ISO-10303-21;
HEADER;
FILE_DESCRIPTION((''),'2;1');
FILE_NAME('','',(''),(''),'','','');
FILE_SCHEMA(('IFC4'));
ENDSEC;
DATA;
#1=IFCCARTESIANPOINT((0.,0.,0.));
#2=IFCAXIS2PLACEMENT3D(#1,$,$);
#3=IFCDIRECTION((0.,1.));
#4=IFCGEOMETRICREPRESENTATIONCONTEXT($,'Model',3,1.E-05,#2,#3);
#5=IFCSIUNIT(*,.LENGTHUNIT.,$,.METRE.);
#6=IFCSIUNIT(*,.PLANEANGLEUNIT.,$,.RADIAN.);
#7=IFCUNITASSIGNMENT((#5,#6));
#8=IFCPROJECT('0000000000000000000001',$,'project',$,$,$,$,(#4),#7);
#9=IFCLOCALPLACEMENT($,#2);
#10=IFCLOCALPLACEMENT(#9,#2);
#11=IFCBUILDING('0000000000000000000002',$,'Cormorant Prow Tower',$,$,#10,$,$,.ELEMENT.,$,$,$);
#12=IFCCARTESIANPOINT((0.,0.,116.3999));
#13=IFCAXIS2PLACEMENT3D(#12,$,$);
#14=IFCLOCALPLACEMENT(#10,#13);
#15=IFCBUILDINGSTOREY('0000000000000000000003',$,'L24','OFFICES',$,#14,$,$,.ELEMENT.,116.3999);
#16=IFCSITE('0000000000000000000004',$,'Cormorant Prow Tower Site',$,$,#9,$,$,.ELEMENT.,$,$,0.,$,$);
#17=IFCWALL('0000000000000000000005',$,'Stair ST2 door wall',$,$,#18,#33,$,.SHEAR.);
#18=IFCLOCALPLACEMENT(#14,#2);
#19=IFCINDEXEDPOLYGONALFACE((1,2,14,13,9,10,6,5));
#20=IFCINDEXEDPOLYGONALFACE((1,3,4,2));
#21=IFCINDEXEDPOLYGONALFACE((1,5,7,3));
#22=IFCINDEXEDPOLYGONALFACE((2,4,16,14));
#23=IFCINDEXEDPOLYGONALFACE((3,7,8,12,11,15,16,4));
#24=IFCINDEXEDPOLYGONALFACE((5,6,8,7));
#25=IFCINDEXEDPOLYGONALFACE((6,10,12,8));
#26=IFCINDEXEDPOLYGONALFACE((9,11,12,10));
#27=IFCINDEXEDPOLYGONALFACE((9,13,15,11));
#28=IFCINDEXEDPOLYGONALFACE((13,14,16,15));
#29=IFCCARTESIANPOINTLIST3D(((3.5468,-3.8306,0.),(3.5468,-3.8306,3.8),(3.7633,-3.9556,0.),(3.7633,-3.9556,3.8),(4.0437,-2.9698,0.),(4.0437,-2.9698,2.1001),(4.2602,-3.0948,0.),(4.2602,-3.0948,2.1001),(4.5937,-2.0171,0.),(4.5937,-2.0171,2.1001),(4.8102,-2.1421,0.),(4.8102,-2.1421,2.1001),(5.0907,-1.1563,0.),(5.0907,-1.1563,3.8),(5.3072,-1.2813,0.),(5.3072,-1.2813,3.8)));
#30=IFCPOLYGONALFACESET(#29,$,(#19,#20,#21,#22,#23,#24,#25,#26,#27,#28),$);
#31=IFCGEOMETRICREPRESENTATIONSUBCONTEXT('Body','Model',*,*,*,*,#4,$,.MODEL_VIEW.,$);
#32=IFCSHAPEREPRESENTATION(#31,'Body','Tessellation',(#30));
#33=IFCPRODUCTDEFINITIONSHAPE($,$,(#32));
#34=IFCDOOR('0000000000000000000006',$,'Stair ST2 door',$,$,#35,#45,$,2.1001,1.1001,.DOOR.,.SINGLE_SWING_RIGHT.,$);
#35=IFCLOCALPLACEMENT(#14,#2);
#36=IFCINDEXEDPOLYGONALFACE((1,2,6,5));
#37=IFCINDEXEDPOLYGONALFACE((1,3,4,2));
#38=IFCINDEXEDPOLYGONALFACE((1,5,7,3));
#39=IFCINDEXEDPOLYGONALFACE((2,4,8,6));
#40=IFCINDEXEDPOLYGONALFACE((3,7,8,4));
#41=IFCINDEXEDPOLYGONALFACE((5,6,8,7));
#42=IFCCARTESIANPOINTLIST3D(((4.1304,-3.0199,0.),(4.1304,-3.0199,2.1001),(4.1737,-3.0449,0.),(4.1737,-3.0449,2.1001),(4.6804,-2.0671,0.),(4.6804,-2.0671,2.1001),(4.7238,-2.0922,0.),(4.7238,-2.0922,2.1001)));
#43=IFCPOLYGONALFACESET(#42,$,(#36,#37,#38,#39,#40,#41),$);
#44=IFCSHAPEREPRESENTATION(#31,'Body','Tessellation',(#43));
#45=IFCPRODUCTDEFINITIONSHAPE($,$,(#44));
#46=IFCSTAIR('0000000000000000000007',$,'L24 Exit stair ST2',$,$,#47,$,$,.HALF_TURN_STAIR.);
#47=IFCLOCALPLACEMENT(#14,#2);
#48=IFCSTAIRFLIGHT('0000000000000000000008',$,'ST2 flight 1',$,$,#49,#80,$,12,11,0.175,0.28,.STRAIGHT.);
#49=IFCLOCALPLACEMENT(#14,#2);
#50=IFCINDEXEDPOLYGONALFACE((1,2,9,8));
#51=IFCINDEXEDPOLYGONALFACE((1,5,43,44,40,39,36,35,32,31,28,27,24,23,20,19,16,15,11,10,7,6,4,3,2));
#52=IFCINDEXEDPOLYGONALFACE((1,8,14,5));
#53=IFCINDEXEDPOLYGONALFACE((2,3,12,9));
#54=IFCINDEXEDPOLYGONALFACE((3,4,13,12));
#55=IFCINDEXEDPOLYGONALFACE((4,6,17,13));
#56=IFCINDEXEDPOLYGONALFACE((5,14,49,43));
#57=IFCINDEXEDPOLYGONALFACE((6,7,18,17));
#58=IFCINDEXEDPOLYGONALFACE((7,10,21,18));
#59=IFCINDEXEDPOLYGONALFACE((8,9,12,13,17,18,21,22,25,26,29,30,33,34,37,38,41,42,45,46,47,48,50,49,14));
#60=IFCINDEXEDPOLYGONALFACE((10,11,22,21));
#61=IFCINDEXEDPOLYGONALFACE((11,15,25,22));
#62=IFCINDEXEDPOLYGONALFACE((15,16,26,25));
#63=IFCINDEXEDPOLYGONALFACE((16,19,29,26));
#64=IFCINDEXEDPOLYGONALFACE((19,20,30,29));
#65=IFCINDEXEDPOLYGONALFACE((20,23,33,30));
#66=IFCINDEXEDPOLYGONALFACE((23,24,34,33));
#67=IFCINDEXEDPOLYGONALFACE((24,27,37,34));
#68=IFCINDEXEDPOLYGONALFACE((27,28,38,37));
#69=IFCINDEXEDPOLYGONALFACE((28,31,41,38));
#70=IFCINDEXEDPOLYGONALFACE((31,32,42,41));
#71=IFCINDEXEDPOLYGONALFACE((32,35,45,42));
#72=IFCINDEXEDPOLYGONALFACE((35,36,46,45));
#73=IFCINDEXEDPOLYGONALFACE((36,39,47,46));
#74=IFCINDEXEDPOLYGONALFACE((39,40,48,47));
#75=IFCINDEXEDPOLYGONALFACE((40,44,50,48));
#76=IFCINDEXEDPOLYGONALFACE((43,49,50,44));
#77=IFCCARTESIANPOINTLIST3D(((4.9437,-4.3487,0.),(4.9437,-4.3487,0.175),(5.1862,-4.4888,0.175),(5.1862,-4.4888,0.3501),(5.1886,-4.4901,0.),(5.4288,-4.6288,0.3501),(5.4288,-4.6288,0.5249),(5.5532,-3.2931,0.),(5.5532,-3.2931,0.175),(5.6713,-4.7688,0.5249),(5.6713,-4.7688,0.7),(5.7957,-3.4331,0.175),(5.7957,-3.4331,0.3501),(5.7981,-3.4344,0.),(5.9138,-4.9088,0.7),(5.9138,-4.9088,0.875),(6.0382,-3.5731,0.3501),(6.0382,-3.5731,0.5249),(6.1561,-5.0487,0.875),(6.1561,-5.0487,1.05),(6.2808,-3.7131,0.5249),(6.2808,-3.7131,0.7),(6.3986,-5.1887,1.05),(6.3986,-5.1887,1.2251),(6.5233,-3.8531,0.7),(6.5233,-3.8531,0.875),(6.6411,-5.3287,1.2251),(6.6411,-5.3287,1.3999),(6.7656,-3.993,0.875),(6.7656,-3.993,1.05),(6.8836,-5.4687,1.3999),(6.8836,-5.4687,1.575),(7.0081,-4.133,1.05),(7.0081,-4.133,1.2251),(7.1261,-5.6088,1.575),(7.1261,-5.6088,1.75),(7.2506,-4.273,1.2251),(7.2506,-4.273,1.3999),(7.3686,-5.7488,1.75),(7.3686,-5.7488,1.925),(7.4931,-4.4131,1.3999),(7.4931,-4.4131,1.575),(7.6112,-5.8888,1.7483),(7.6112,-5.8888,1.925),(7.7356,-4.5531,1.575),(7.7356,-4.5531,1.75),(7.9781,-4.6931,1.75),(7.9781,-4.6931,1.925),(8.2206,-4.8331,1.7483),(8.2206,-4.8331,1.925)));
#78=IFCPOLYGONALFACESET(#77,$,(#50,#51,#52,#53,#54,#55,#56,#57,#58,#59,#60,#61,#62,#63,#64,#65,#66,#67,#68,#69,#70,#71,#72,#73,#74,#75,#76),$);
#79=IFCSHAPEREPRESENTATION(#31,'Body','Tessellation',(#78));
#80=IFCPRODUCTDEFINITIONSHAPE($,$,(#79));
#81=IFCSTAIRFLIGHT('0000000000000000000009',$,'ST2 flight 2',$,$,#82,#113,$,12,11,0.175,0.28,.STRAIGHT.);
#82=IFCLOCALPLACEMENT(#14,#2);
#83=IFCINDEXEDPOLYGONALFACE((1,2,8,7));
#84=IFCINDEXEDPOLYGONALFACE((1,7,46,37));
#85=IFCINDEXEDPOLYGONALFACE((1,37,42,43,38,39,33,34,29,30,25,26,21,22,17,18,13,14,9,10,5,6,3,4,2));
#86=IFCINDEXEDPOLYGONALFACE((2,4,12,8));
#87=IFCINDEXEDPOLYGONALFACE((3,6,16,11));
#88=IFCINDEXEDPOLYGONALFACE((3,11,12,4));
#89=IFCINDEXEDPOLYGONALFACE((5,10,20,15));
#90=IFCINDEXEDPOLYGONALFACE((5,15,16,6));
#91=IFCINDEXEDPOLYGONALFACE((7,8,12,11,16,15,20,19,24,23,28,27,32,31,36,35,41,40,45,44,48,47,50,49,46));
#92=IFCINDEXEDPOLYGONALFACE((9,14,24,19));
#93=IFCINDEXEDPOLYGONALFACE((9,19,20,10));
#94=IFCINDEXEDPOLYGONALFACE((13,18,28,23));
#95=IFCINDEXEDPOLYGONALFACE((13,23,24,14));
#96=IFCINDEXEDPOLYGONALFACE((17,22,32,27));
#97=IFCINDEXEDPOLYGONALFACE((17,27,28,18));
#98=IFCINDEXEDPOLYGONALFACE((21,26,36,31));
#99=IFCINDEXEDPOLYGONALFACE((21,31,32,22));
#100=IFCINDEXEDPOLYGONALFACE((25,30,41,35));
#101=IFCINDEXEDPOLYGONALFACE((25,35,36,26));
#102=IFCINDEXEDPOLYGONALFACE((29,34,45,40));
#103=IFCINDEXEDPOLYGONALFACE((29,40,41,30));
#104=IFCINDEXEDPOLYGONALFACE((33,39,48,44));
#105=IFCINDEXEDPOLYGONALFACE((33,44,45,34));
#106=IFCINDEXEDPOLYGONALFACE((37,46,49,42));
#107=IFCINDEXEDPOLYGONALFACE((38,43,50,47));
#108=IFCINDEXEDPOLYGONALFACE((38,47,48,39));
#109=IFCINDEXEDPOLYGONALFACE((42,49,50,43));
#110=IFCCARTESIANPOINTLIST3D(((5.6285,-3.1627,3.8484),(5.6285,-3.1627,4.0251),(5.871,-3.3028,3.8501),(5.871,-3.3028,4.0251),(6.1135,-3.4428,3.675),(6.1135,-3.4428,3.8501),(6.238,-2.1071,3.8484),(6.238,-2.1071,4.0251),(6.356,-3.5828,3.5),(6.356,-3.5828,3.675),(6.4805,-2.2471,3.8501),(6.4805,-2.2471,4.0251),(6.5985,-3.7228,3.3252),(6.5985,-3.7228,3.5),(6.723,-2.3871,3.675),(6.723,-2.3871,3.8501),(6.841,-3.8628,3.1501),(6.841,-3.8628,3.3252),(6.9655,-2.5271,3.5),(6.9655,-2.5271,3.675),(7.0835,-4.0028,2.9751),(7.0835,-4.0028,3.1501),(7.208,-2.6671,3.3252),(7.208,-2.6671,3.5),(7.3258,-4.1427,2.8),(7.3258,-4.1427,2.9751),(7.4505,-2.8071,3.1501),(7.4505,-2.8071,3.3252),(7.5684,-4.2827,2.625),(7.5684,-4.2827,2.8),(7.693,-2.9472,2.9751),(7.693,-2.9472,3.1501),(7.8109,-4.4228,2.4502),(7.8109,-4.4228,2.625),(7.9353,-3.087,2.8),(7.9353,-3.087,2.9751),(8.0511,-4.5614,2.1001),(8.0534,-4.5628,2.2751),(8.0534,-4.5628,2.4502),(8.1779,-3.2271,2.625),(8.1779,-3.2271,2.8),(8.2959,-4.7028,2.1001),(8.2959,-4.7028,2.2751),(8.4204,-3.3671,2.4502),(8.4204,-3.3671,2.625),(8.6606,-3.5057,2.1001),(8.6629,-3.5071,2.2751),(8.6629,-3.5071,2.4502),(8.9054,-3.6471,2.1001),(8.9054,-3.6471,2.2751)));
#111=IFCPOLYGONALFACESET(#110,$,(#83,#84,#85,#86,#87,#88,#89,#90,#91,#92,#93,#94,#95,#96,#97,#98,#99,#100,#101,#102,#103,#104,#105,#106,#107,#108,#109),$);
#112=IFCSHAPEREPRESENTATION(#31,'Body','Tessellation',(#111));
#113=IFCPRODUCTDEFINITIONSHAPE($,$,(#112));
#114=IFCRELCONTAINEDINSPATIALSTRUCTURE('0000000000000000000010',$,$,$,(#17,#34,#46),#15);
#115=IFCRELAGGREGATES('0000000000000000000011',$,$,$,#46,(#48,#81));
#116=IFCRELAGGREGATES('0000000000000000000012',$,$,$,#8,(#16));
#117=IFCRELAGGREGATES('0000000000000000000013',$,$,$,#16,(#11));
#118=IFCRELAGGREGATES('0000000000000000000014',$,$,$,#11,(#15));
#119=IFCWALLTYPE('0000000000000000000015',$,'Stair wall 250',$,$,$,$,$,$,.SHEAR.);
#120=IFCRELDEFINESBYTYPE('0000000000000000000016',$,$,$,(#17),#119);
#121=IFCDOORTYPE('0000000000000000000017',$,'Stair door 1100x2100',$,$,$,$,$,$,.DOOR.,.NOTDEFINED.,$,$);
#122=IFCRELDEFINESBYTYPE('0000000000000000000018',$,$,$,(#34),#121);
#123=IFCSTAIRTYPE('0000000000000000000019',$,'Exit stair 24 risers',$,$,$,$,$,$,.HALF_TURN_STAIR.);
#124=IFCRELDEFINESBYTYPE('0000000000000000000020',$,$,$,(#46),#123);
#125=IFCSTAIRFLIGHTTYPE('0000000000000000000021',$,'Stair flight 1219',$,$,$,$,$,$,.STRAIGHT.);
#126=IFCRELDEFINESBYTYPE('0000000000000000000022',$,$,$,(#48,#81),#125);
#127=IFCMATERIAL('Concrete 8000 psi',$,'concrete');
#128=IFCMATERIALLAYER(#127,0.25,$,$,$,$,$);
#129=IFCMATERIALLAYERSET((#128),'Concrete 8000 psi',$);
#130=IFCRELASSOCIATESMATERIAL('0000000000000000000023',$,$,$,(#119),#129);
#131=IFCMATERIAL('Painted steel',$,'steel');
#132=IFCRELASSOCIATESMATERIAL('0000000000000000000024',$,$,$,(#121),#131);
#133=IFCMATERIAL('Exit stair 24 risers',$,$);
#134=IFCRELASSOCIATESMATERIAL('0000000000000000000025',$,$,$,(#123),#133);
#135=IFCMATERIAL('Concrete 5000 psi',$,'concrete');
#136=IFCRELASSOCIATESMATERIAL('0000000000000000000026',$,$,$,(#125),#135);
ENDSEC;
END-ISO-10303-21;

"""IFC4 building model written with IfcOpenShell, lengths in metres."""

from ifc_helpers import new_model, si_unit, direction, frame, frame_2d, origin, place, context, subcontext, project, spatial, polyline, rectangle, outline, extrude, material, layer, layer_set, type_object, element, fill, aggregate, save


model = new_model("IFC4")

# Units and contexts
model_context = context("Model", 3, precision=1e-05, world=origin(), true_north=direction((0.0, 1.0)))
body_context = subcontext(model_context, "Body", "Model", "MODEL_VIEW")
ifc_project = project(units=[si_unit("LENGTHUNIT", "METRE"), si_unit("PLANEANGLEUNIT", "RADIAN")], contexts=[model_context])

# Site, building, storey
site_placement = place(None, origin())
site = spatial("IfcSite", under=ifc_project, at=site_placement, Name="Cormorant Prow Tower Site", CompositionType="ELEMENT", RefElevation=0.0)
building_placement = place(site_placement, origin())
building = spatial("IfcBuilding", under=site, at=building_placement, Name="Cormorant Prow Tower", CompositionType="ELEMENT")
storey_placement = place(building_placement, frame((0.0, 0.0, 116.3999)))
storey = spatial("IfcBuildingStorey", under=building, at=storey_placement, Name="L24", Description="OFFICES", CompositionType="ELEMENT", Elevation=116.3999)

# Wall, opening, door
ifc_material_1 = material(Name="Concrete 8000 psi", Category="concrete")
ifc_layer_1 = layer(ifc_material_1, 0.25)
ifc_layer_set_1 = layer_set([ifc_layer_1], Name="Concrete 8000 psi")
wall_type_1 = type_object("IfcWallType", Name="Stair wall 250", PredefinedType="SHEAR", material=ifc_layer_set_1)
wall_1_placement = place(storey_placement, frame((3.655, -3.8931, 0.0), z_axis=(0.0, 0.0, 1.0), x_axis=(0.499983, 0.866035, 0.0)))
wall_1 = element("IfcWall", 1, at=wall_1_placement, inside=storey, type_object=wall_type_1, Name="Stair ST2 door wall", PredefinedType="SHEAR", context=body_context, shape_type="SweptSolid", body=[
    extrude(rectangle(XDim=3.0879, YDim=0.25, at=frame_2d((1.5439, 0.0))), origin(), (0.0, 0.0, 1.0), 3.8),
])
opening_1_placement = place(wall_1_placement, frame((0.9939, 0.0, 0.0)))
opening_1 = element("IfcOpeningElement", 2, at=opening_1_placement, cuts=wall_1, PredefinedType="OPENING", context=body_context, shape_type="SweptSolid", body=[
    extrude(rectangle(XDim=1.1001, YDim=2.1001, at=frame_2d((0.55, 1.05))), frame((0.0, 0.135, 0.0), z_axis=(0.0, -1.0, 0.0), x_axis=(1.0, 0.0, 0.0)), (0.0, 0.0, 1.0), 0.27),
])
ifc_material_2 = material(Name="Painted steel", Category="steel")
door_type_1 = type_object("IfcDoorType", Name="Stair door 1100x2100", OperationType="NOTDEFINED", PredefinedType="DOOR", material=ifc_material_2)
door_1_placement = place(opening_1_placement, origin())
door_1 = element("IfcDoor", 3, at=door_1_placement, inside=storey, type_object=door_type_1, Name="Stair ST2 door", OperationType="SINGLE_SWING_RIGHT", OverallHeight=2.1001, OverallWidth=1.1001, PredefinedType="DOOR", context=body_context, shape_type="SweptSolid", body=[
    extrude(rectangle(XDim=1.1001, YDim=2.1001, at=frame_2d((0.55, 1.05))), frame((0.0, 0.0249, 0.0), z_axis=(0.0, -1.0, 0.0), x_axis=(1.0, 0.0, 0.0)), (0.0, 0.0, 1.0), 0.05),
])
fill(opening_1, door_1)

# Stair, stair flights
ifc_material_3 = material(Name="Exit stair 24 risers")
stair_type = type_object("IfcStairType", Name="Exit stair 24 risers", PredefinedType="HALF_TURN_STAIR", material=ifc_material_3)
stair_placement = place(storey_placement, origin())
stair = element("IfcStair", 4, at=stair_placement, inside=storey, type_object=stair_type, Name="L24 Exit stair ST2", PredefinedType="HALF_TURN_STAIR")
ifc_material_4 = material(Name="Concrete 5000 psi", Category="concrete")
stair_flight_type = type_object("IfcStairFlightType", Name="Stair flight 1219", PredefinedType="STRAIGHT", material=ifc_material_4)
stair_flight_1_placement = place(storey_placement, frame((5.2485, -3.8208, 0.0), z_axis=(0.0, 0.0, 1.0), x_axis=(0.866025, -0.5, 0.0)))
stair_flight_1 = element("IfcStairFlight", 5, at=stair_flight_1_placement, type_object=stair_flight_type, Name="ST2 flight 1", NumberOfRisers=12, NumberOfTreads=11, PredefinedType="STRAIGHT", RiserHeight=0.175, TreadLength=0.28, context=body_context, shape_type="SweptSolid", body=[
    extrude(outline(polyline([(0.0, 0.0), (0.0, 0.175), (0.28, 0.175), (0.28, 0.3501), (0.5601, 0.3501), (0.5601, 0.5249), (0.8401, 0.5249), (0.8401, 0.7), (1.1201, 0.7), (1.1201, 0.875), (1.3999, 0.875), (1.3999, 1.05), (1.6799, 1.05), (1.6799, 1.2251), (1.96, 1.2251), (1.96, 1.3999), (2.24, 1.3999), (2.24, 1.575), (2.52, 1.575), (2.52, 1.75), (2.8, 1.75), (2.8, 1.925), (3.0801, 1.925), (3.0801, 2.1001), (3.0801, 1.7483), (0.2827, 0.0), (0.0, 0.0)])), frame((0.0, 0.6094, 0.0), z_axis=(0.0, -1.0, 0.0), x_axis=(1.0, 0.0, 0.0)), (0.0, 0.0, 1.0), 1.219),
])
stair_flight_2_placement = place(storey_placement, frame((8.6006, -4.175, 2.1001), z_axis=(0.0, 0.0, 1.0), x_axis=(-0.866025, 0.5, 0.0)))
stair_flight_2 = element("IfcStairFlight", 6, at=stair_flight_2_placement, type_object=stair_flight_type, Name="ST2 flight 2", NumberOfRisers=12, NumberOfTreads=11, PredefinedType="STRAIGHT", RiserHeight=0.175, TreadLength=0.28, context=body_context, shape_type="SweptSolid", body=[
    extrude(outline(polyline([(0.0, 0.0), (0.0, 0.175), (0.28, 0.175), (0.28, 0.3501), (0.5601, 0.3501), (0.5601, 0.5249), (0.8401, 0.5249), (0.8401, 0.7), (1.1201, 0.7), (1.1201, 0.875), (1.3999, 0.875), (1.3999, 1.05), (1.6799, 1.05), (1.6799, 1.2251), (1.96, 1.2251), (1.96, 1.3999), (2.24, 1.3999), (2.24, 1.575), (2.52, 1.575), (2.52, 1.75), (2.8, 1.75), (2.8, 1.925), (3.0801, 1.925), (3.0801, 2.1001), (3.0801, 1.7483), (0.2827, 0.0), (0.0, 0.0)])), frame((0.0, 0.6094, 0.0), z_axis=(0.0, -1.0, 0.0), x_axis=(1.0, 0.0, 0.0)), (0.0, 0.0, 1.0), 1.219),
])
aggregate(stair, [stair_flight_1, stair_flight_2])

save(model, "model.ifc")
